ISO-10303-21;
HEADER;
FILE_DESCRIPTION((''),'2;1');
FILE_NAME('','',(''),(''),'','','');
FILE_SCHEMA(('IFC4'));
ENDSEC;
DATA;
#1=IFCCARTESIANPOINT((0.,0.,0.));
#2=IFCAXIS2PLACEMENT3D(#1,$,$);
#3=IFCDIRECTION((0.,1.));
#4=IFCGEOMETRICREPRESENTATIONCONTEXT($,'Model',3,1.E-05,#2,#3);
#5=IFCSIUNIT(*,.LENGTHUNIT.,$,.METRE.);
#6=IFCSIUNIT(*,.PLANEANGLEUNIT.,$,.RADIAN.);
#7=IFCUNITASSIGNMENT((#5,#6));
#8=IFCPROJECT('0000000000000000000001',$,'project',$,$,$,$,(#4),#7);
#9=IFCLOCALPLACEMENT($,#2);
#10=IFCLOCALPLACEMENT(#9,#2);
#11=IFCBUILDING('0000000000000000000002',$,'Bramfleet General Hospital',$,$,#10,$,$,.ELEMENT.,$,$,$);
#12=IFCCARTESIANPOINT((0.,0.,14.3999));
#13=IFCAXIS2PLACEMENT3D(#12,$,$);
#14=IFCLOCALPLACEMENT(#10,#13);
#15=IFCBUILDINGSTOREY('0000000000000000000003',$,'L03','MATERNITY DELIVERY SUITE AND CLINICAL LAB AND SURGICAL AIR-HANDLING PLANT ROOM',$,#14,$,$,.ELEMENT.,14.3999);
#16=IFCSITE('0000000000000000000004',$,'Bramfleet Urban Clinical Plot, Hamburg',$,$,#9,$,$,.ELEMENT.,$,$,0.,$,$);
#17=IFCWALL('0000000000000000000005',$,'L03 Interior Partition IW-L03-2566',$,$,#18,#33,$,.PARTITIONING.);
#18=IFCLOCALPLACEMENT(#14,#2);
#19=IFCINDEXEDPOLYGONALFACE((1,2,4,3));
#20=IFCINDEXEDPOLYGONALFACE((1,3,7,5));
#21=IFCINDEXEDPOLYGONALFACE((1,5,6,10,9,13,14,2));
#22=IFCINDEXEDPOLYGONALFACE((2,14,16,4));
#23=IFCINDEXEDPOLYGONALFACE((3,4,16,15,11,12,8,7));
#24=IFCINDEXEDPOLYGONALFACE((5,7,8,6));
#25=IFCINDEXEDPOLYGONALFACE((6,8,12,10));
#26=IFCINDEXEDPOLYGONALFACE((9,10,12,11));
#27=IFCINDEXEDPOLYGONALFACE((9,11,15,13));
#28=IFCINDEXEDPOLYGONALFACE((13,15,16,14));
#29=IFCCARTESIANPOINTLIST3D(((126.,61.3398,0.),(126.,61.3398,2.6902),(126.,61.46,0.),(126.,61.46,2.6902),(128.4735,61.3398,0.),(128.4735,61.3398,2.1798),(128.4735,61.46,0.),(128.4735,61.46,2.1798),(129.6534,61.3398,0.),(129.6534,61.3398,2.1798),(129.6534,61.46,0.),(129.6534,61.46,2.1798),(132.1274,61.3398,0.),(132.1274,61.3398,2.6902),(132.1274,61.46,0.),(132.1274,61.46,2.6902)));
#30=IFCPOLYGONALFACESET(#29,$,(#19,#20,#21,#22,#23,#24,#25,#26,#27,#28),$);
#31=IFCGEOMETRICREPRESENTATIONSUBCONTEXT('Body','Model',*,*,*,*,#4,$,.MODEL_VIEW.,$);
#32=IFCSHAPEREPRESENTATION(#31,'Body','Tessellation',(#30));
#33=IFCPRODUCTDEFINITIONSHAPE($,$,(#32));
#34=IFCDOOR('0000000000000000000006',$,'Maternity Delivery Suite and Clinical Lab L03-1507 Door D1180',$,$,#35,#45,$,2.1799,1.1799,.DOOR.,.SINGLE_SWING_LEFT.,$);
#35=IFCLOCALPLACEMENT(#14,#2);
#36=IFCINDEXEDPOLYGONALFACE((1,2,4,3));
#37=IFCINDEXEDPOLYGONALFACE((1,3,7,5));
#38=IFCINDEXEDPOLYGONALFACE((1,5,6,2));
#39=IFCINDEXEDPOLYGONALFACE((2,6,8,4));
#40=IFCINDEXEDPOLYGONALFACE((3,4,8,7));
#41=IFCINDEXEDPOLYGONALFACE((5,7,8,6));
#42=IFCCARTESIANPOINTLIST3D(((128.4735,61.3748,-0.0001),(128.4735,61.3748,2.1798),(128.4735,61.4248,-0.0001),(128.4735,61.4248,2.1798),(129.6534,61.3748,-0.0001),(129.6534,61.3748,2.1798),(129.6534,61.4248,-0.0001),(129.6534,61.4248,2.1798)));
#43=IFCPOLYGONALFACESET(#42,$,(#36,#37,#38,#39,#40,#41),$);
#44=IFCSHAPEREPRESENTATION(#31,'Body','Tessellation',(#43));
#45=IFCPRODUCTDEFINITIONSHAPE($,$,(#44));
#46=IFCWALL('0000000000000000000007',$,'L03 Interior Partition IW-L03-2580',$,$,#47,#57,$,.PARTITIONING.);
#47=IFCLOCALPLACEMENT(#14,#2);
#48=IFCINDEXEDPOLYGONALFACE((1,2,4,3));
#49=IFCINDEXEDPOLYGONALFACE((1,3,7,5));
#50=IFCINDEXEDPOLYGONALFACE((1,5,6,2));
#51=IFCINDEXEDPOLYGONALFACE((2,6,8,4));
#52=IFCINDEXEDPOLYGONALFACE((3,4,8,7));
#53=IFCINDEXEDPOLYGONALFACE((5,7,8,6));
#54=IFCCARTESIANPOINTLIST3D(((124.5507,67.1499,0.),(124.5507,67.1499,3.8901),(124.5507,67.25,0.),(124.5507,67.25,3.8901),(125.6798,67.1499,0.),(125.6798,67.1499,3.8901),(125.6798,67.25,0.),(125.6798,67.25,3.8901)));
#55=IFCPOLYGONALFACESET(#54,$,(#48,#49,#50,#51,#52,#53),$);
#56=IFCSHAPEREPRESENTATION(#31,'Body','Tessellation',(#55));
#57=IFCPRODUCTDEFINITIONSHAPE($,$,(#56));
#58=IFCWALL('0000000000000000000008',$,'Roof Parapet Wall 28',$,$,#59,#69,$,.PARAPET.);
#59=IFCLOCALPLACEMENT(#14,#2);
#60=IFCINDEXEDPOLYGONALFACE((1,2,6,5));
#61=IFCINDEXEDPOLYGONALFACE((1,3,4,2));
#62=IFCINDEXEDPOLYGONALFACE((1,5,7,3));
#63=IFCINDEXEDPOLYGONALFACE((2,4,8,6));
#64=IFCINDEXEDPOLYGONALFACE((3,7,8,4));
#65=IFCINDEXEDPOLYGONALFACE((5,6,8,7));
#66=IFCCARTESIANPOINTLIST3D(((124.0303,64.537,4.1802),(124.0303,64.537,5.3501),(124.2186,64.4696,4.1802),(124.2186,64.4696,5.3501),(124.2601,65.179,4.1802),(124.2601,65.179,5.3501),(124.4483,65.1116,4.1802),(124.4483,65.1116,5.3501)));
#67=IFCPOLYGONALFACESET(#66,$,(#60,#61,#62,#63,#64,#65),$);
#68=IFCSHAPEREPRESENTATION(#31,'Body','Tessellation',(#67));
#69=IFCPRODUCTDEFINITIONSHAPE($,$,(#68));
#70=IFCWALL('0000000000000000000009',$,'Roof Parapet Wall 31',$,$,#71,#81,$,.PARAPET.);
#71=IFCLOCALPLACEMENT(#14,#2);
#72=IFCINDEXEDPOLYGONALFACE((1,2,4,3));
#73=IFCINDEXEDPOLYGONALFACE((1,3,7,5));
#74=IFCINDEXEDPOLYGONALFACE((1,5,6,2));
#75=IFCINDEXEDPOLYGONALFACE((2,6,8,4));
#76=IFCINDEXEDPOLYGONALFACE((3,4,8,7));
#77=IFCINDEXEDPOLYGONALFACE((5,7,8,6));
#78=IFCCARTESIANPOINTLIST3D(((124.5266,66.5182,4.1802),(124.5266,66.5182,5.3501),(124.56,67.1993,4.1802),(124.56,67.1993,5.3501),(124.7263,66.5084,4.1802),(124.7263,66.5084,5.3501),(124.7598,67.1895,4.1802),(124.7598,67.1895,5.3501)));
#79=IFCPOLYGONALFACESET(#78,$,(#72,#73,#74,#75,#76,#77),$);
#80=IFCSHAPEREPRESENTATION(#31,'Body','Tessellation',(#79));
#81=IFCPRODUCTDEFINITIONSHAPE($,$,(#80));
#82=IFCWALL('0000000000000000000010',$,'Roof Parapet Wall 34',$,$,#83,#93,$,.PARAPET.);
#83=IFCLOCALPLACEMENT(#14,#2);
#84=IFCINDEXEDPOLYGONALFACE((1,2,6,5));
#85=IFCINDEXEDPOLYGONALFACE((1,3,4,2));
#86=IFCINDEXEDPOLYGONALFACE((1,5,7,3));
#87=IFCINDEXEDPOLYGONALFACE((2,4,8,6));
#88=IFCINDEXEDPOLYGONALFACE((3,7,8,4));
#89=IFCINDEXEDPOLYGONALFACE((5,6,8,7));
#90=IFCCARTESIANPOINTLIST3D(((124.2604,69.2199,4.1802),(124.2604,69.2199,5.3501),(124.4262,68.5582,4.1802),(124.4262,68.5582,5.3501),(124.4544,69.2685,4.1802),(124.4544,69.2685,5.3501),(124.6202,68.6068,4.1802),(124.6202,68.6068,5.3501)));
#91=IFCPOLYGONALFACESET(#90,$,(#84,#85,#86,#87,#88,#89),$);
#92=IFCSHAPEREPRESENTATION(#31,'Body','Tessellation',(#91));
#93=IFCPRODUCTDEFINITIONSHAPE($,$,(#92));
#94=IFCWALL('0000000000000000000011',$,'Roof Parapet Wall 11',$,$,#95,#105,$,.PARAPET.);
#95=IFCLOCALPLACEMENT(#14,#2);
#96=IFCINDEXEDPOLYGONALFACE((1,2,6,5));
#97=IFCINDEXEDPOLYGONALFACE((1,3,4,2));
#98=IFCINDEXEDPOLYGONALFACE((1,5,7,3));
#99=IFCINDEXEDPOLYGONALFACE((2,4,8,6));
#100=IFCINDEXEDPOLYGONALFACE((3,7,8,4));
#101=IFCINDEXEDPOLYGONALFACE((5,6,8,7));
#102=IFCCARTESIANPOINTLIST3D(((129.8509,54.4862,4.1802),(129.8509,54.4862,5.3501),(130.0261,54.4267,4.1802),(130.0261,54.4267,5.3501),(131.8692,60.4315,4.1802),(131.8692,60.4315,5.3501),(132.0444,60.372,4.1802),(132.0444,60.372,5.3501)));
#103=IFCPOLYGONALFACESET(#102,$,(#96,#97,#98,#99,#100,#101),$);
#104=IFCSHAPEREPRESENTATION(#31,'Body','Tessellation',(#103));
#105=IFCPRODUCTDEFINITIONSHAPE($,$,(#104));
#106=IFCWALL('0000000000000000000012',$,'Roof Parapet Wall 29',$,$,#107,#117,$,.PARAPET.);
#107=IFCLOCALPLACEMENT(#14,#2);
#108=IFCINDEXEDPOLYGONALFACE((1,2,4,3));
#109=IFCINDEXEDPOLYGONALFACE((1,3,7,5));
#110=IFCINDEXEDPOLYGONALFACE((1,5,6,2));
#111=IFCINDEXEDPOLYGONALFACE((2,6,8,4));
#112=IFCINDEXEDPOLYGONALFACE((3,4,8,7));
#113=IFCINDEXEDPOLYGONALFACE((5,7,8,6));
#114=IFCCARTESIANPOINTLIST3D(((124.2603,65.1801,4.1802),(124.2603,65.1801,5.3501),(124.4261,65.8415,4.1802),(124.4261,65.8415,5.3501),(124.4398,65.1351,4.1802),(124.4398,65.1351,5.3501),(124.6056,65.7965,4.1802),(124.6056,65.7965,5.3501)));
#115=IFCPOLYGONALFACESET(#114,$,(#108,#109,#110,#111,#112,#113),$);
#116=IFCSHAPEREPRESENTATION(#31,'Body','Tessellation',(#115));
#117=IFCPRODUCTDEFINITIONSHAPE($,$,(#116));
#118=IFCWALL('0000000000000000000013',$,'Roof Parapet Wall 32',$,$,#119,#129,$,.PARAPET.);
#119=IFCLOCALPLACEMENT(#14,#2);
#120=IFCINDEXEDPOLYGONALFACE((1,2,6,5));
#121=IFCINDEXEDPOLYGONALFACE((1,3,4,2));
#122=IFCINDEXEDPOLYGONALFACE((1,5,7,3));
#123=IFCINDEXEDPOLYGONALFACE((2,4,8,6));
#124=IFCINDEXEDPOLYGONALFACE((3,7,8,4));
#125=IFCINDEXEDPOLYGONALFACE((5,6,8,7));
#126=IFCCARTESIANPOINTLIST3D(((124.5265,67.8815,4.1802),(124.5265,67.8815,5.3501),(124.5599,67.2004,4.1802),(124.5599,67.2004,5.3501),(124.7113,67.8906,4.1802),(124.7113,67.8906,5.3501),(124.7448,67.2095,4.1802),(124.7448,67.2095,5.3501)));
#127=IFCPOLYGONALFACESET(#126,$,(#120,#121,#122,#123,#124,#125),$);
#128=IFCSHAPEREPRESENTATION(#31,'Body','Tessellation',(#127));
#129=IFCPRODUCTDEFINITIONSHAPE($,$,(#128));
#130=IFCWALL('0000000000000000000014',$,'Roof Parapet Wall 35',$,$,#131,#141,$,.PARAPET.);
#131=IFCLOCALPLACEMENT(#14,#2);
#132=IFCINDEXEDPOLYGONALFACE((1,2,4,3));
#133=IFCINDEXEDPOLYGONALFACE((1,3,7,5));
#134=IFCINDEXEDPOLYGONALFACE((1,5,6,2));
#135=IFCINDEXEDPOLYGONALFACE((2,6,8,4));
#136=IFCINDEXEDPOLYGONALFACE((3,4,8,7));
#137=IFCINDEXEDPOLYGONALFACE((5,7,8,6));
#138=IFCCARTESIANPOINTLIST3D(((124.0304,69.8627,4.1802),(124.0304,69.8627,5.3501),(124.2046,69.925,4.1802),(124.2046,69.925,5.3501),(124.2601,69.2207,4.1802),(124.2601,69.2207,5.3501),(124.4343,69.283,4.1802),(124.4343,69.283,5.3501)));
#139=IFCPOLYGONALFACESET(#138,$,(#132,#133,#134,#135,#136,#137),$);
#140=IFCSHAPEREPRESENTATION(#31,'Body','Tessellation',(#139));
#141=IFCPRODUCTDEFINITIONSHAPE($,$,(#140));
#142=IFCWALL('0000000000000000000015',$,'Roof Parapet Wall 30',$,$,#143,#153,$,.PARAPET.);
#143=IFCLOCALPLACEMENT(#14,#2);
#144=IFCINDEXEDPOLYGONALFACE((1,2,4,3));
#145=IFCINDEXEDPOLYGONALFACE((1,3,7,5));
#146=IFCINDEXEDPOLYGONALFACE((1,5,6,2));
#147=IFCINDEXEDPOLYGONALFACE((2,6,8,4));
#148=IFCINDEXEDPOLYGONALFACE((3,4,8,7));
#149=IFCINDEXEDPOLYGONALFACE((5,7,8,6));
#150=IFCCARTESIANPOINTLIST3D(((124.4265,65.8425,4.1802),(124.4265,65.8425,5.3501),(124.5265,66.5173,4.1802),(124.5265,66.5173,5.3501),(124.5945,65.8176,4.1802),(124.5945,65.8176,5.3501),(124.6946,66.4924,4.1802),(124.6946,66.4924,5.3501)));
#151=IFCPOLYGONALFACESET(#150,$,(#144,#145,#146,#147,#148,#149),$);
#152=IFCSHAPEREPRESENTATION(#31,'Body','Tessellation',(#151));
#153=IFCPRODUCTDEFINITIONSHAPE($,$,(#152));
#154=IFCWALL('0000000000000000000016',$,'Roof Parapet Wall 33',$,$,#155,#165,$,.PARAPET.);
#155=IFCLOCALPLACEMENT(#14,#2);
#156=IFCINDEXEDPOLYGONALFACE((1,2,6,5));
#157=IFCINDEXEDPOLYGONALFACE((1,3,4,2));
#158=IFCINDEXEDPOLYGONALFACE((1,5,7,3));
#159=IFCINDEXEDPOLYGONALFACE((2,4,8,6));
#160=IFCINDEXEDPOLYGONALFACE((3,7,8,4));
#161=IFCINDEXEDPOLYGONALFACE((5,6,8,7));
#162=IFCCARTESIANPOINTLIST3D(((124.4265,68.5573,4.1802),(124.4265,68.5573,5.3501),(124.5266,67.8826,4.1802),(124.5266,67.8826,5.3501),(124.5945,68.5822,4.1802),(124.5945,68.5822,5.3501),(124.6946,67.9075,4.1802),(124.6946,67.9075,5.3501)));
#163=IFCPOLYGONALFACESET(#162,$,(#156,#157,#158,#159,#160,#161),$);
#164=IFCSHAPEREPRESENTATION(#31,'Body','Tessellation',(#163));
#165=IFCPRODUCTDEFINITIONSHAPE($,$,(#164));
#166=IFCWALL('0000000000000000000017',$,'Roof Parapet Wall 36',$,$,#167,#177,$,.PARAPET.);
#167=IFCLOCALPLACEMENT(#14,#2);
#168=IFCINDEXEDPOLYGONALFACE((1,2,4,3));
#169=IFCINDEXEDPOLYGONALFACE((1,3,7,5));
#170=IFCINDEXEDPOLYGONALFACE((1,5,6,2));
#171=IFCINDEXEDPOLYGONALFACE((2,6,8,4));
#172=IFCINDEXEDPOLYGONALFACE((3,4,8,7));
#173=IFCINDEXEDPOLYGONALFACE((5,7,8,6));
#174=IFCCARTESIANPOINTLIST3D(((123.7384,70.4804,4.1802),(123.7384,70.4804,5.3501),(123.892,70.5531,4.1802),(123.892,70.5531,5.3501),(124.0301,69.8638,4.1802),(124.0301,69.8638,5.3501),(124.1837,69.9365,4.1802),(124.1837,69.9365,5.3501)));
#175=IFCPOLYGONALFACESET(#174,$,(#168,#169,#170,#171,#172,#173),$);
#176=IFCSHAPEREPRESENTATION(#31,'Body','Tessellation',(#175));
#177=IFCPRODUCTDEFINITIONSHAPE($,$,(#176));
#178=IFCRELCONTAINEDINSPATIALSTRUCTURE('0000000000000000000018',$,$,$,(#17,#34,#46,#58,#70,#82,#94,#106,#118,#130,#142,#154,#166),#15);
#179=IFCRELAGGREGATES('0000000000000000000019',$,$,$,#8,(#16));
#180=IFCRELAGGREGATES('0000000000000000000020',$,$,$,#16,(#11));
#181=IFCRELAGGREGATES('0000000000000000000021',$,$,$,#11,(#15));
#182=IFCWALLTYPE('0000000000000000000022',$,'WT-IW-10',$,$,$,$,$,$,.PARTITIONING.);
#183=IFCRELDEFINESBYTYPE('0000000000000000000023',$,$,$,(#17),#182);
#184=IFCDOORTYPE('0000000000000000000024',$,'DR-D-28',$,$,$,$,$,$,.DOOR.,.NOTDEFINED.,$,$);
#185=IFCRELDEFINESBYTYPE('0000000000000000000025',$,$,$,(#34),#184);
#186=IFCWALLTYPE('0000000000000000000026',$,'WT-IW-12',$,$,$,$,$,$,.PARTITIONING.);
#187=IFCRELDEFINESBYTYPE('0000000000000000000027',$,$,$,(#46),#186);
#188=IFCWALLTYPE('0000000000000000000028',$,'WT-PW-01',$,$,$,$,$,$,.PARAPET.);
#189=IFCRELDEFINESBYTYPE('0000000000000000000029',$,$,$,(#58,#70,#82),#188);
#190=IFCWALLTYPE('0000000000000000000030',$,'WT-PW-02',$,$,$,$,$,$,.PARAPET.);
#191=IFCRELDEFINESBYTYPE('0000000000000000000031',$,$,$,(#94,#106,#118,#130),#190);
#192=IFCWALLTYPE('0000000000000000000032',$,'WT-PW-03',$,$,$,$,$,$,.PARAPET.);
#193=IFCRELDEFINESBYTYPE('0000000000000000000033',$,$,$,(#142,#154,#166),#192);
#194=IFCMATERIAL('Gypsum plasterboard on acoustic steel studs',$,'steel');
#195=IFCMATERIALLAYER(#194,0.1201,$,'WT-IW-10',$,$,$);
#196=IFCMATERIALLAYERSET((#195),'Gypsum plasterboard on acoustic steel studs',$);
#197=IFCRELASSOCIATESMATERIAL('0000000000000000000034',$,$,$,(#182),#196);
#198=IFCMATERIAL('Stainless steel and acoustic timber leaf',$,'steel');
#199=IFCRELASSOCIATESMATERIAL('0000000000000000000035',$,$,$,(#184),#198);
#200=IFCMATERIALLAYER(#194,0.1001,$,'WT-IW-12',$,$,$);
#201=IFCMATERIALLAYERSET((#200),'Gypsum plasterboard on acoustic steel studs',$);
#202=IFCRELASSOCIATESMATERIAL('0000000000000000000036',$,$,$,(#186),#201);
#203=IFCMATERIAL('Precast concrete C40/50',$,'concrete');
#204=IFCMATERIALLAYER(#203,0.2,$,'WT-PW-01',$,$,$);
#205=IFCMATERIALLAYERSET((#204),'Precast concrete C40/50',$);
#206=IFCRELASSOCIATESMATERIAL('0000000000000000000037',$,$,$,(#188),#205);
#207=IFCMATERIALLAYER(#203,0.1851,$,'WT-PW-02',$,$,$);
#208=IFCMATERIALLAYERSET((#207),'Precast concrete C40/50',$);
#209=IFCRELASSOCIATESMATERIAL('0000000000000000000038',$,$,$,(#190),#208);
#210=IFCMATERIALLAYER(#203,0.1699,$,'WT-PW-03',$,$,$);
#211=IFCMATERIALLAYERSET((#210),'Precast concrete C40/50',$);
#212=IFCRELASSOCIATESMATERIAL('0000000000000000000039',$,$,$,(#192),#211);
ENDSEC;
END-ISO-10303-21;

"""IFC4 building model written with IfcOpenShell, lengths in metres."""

from ifc_helpers import new_model, si_unit, direction, frame, frame_2d, origin, place, context, subcontext, project, spatial, rectangle, extrude, material, layer, layer_set, type_object, element, fill, save


model = new_model("IFC4")

# Units and contexts
model_context = context("Model", 3, precision=1e-05, world=origin(), true_north=direction((0.0, 1.0)))
body_context = subcontext(model_context, "Body", "Model", "MODEL_VIEW")
ifc_project = project(units=[si_unit("LENGTHUNIT", "METRE"), si_unit("PLANEANGLEUNIT", "RADIAN")], contexts=[model_context])

# Site, building, storey
site_placement = place(None, origin())
site = spatial("IfcSite", under=ifc_project, at=site_placement, Name="Bramfleet Urban Clinical Plot, Hamburg", CompositionType="ELEMENT", RefElevation=0.0)
building_placement = place(site_placement, origin())
building = spatial("IfcBuilding", under=site, at=building_placement, Name="Bramfleet General Hospital", CompositionType="ELEMENT")
storey_placement = place(building_placement, frame((0.0, 0.0, 14.3999)))
storey = spatial("IfcBuildingStorey", under=building, at=storey_placement, Name="L03", Description="MATERNITY DELIVERY SUITE AND CLINICAL LAB AND SURGICAL AIR-HANDLING PLANT ROOM", CompositionType="ELEMENT", Elevation=14.3999)

# Shared definitions
ifc_material_1 = material(Name="Stainless steel and acoustic timber leaf", Category="steel")

# Wall, opening, door
ifc_material_2 = material(Name="Gypsum plasterboard on acoustic steel studs", Category="steel")
ifc_layer_1 = layer(ifc_material_2, 0.1201, Name="WT-IW-10")
ifc_layer_set_1 = layer_set([ifc_layer_1], Name="Gypsum plasterboard on acoustic steel studs")
wall_type_1 = type_object("IfcWallType", Name="WT-IW-10", PredefinedType="PARTITIONING", material=ifc_layer_set_1)
wall_1_placement = place(storey_placement, frame((126.0, 61.3999, 0.0), z_axis=(0.0, 0.0, 1.0), x_axis=(1.0, 0.0, 0.0)))
wall_1 = element("IfcWall", 1, at=wall_1_placement, inside=storey, type_object=wall_type_1, Name="L03 Interior Partition IW-L03-2566", PredefinedType="PARTITIONING", context=body_context, shape_type="SweptSolid", body=[
    extrude(rectangle(XDim=6.1274, YDim=0.1201, at=frame_2d((3.0637, 0.0))), origin(), (0.0, 0.0, 1.0), 2.6902),
])
opening_1_placement = place(wall_1_placement, frame((2.4736, 0.0, 0.0)))
opening_1 = element("IfcOpeningElement", 2, at=opening_1_placement, cuts=wall_1, PredefinedType="OPENING", context=body_context, shape_type="SweptSolid", body=[
    extrude(rectangle(XDim=1.1799, YDim=2.1799, at=frame_2d((0.5898, 1.0898))), frame((0.0, 0.0701, 0.0), z_axis=(0.0, -1.0, 0.0), x_axis=(1.0, 0.0, 0.0)), (0.0, 0.0, 1.0), 0.1401),
])
door_type_1 = type_object("IfcDoorType", Name="DR-D-28", OperationType="NOTDEFINED", PredefinedType="DOOR", material=ifc_material_1)
door_1_placement = place(opening_1_placement, origin())
door_1 = element("IfcDoor", 3, at=door_1_placement, inside=storey, type_object=door_type_1, Name="Maternity Delivery Suite and Clinical Lab L03-1507 Door D1180", OperationType="SINGLE_SWING_LEFT", OverallHeight=2.1799, OverallWidth=1.1799, PredefinedType="DOOR", context=body_context, shape_type="SweptSolid", body=[
    extrude(rectangle(XDim=1.1799, YDim=2.1799, at=frame_2d((0.5898, 1.0898))), frame((0.0, 0.0249, 0.0), z_axis=(0.0, -1.0, 0.0), x_axis=(1.0, 0.0, 0.0)), (0.0, 0.0, 1.0), 0.05),
])
fill(opening_1, door_1)

# Walls
ifc_layer_2 = layer(ifc_material_2, 0.1001, Name="WT-IW-12")
ifc_layer_set_2 = layer_set([ifc_layer_2], Name="Gypsum plasterboard on acoustic steel studs")
wall_type_2 = type_object("IfcWallType", Name="WT-IW-12", PredefinedType="PARTITIONING", material=ifc_layer_set_2)
wall_2_placement = place(storey_placement, frame((124.5508, 67.2, 0.0), z_axis=(0.0, 0.0, 1.0), x_axis=(1.0, 0.0, 0.0)))
element("IfcWall", 4, at=wall_2_placement, inside=storey, type_object=wall_type_2, Name="L03 Interior Partition IW-L03-2580", PredefinedType="PARTITIONING", context=body_context, shape_type="SweptSolid", body=[
    extrude(rectangle(XDim=1.1292, YDim=0.1001, at=frame_2d((0.5645, 0.0))), origin(), (0.0, 0.0, 1.0), 3.8901),
])
ifc_material_3 = material(Name="Precast concrete C40/50", Category="concrete")
ifc_layer_3 = layer(ifc_material_3, 0.2, Name="WT-PW-01")
ifc_layer_set_3 = layer_set([ifc_layer_3], Name="Precast concrete C40/50")
wall_type_3 = type_object("IfcWallType", Name="WT-PW-01", PredefinedType="PARAPET", material=ifc_layer_set_3)
for number, where, z_axis, x_axis, name in (
    (5, (124.1245, 64.5034, 4.1802), (0.0, 0.0, 1.0), (0.336881, 0.941547, 0.0), "Roof Parapet Wall 28"),
    (6, (124.6265, 66.5134, 4.1802), (0.0, 0.0, 1.0), (0.049045, 0.998797, 0.0), "Roof Parapet Wall 31"),
):
    element("IfcWall", number, at=place(storey_placement, frame(where, z_axis=z_axis, x_axis=x_axis)), inside=storey, type_object=wall_type_3, Name=name, PredefinedType="PARAPET", context=body_context, shape_type="SweptSolid", body=[
        extrude(rectangle(XDim=0.6819, YDim=0.2, at=frame_2d((0.3408, 0.0))), origin(), (0.0, 0.0, 1.0), 1.1699),
    ])
wall_3_placement = place(storey_placement, frame((124.5232, 68.5825, 4.1802), z_axis=(0.0, 0.0, 1.0), x_axis=(-0.243041, 0.970016, 0.0)))
element("IfcWall", 7, at=wall_3_placement, inside=storey, type_object=wall_type_3, Name="Roof Parapet Wall 34", PredefinedType="PARAPET", context=body_context, shape_type="SweptSolid", body=[
    extrude(rectangle(XDim=0.6821, YDim=0.2, at=frame_2d((0.3411, 0.0))), origin(), (0.0, 0.0, 1.0), 1.1699),
])
ifc_layer_4 = layer(ifc_material_3, 0.1851, Name="WT-PW-02")
ifc_layer_set_4 = layer_set([ifc_layer_4], Name="Precast concrete C40/50")
wall_type_4 = type_object("IfcWallType", Name="WT-PW-02", PredefinedType="PARAPET", material=ifc_layer_set_4)
wall_4_placement = place(storey_placement, frame((131.9568, 60.4016, 4.1802), z_axis=(0.0, 0.0, 1.0), x_axis=(-0.321461, -0.946923, 0.0)))
element("IfcWall", 8, at=wall_4_placement, inside=storey, type_object=wall_type_4, Name="Roof Parapet Wall 11", PredefinedType="PARAPET", context=body_context, shape_type="SweptSolid", body=[
    extrude(rectangle(XDim=6.2786, YDim=0.1851, at=frame_2d((3.1392, 0.0))), origin(), (0.0, 0.0, 1.0), 1.1699),
])
for number, where, z_axis, x_axis, name in (
    (9, (124.3501, 65.1577, 4.1802), (0.0, 0.0, 1.0), (0.243125, 0.969995, 0.0), "Roof Parapet Wall 29"),
    (10, (124.6523, 67.2051, 4.1802), (0.0, 0.0, 1.0), (-0.049045, 0.998797, 0.0), "Roof Parapet Wall 32"),
    (11, (124.3472, 69.252, 4.1802), (0.0, 0.0, 1.0), (-0.336881, 0.941547, 0.0), "Roof Parapet Wall 35"),
):
    element("IfcWall", number, at=place(storey_placement, frame(where, z_axis=z_axis, x_axis=x_axis)), inside=storey, type_object=wall_type_4, Name=name, PredefinedType="PARAPET", context=body_context, shape_type="SweptSolid", body=[
        extrude(rectangle(XDim=0.6819, YDim=0.1851, at=frame_2d((0.3408, 0.0))), origin(), (0.0, 0.0, 1.0), 1.1699),
    ])
ifc_layer_5 = layer(ifc_material_3, 0.1699, Name="WT-PW-03")
ifc_layer_set_5 = layer_set([ifc_layer_5], Name="Precast concrete C40/50")
wall_type_5 = type_object("IfcWallType", Name="WT-PW-03", PredefinedType="PARAPET", material=ifc_layer_set_5)
for number, where, z_axis, x_axis, name in (
    (12, (124.5105, 65.8301, 4.1802), (0.0, 0.0, 1.0), (0.14673, 0.989177, 0.0), "Roof Parapet Wall 30"),
    (13, (124.6106, 67.895, 4.1802), (0.0, 0.0, 1.0), (-0.14673, 0.989177, 0.0), "Roof Parapet Wall 33"),
    (14, (124.1069, 69.9001, 4.1802), (0.0, 0.0, 1.0), (-0.42764, 0.903949, 0.0), "Roof Parapet Wall 36"),
):
    element("IfcWall", number, at=place(storey_placement, frame(where, z_axis=z_axis, x_axis=x_axis)), inside=storey, type_object=wall_type_5, Name=name, PredefinedType="PARAPET", context=body_context, shape_type="SweptSolid", body=[
        extrude(rectangle(XDim=0.6821, YDim=0.1699, at=frame_2d((0.3411, 0.0))), origin(), (0.0, 0.0, 1.0), 1.1699),
    ])

save(model, "model.ifc")
